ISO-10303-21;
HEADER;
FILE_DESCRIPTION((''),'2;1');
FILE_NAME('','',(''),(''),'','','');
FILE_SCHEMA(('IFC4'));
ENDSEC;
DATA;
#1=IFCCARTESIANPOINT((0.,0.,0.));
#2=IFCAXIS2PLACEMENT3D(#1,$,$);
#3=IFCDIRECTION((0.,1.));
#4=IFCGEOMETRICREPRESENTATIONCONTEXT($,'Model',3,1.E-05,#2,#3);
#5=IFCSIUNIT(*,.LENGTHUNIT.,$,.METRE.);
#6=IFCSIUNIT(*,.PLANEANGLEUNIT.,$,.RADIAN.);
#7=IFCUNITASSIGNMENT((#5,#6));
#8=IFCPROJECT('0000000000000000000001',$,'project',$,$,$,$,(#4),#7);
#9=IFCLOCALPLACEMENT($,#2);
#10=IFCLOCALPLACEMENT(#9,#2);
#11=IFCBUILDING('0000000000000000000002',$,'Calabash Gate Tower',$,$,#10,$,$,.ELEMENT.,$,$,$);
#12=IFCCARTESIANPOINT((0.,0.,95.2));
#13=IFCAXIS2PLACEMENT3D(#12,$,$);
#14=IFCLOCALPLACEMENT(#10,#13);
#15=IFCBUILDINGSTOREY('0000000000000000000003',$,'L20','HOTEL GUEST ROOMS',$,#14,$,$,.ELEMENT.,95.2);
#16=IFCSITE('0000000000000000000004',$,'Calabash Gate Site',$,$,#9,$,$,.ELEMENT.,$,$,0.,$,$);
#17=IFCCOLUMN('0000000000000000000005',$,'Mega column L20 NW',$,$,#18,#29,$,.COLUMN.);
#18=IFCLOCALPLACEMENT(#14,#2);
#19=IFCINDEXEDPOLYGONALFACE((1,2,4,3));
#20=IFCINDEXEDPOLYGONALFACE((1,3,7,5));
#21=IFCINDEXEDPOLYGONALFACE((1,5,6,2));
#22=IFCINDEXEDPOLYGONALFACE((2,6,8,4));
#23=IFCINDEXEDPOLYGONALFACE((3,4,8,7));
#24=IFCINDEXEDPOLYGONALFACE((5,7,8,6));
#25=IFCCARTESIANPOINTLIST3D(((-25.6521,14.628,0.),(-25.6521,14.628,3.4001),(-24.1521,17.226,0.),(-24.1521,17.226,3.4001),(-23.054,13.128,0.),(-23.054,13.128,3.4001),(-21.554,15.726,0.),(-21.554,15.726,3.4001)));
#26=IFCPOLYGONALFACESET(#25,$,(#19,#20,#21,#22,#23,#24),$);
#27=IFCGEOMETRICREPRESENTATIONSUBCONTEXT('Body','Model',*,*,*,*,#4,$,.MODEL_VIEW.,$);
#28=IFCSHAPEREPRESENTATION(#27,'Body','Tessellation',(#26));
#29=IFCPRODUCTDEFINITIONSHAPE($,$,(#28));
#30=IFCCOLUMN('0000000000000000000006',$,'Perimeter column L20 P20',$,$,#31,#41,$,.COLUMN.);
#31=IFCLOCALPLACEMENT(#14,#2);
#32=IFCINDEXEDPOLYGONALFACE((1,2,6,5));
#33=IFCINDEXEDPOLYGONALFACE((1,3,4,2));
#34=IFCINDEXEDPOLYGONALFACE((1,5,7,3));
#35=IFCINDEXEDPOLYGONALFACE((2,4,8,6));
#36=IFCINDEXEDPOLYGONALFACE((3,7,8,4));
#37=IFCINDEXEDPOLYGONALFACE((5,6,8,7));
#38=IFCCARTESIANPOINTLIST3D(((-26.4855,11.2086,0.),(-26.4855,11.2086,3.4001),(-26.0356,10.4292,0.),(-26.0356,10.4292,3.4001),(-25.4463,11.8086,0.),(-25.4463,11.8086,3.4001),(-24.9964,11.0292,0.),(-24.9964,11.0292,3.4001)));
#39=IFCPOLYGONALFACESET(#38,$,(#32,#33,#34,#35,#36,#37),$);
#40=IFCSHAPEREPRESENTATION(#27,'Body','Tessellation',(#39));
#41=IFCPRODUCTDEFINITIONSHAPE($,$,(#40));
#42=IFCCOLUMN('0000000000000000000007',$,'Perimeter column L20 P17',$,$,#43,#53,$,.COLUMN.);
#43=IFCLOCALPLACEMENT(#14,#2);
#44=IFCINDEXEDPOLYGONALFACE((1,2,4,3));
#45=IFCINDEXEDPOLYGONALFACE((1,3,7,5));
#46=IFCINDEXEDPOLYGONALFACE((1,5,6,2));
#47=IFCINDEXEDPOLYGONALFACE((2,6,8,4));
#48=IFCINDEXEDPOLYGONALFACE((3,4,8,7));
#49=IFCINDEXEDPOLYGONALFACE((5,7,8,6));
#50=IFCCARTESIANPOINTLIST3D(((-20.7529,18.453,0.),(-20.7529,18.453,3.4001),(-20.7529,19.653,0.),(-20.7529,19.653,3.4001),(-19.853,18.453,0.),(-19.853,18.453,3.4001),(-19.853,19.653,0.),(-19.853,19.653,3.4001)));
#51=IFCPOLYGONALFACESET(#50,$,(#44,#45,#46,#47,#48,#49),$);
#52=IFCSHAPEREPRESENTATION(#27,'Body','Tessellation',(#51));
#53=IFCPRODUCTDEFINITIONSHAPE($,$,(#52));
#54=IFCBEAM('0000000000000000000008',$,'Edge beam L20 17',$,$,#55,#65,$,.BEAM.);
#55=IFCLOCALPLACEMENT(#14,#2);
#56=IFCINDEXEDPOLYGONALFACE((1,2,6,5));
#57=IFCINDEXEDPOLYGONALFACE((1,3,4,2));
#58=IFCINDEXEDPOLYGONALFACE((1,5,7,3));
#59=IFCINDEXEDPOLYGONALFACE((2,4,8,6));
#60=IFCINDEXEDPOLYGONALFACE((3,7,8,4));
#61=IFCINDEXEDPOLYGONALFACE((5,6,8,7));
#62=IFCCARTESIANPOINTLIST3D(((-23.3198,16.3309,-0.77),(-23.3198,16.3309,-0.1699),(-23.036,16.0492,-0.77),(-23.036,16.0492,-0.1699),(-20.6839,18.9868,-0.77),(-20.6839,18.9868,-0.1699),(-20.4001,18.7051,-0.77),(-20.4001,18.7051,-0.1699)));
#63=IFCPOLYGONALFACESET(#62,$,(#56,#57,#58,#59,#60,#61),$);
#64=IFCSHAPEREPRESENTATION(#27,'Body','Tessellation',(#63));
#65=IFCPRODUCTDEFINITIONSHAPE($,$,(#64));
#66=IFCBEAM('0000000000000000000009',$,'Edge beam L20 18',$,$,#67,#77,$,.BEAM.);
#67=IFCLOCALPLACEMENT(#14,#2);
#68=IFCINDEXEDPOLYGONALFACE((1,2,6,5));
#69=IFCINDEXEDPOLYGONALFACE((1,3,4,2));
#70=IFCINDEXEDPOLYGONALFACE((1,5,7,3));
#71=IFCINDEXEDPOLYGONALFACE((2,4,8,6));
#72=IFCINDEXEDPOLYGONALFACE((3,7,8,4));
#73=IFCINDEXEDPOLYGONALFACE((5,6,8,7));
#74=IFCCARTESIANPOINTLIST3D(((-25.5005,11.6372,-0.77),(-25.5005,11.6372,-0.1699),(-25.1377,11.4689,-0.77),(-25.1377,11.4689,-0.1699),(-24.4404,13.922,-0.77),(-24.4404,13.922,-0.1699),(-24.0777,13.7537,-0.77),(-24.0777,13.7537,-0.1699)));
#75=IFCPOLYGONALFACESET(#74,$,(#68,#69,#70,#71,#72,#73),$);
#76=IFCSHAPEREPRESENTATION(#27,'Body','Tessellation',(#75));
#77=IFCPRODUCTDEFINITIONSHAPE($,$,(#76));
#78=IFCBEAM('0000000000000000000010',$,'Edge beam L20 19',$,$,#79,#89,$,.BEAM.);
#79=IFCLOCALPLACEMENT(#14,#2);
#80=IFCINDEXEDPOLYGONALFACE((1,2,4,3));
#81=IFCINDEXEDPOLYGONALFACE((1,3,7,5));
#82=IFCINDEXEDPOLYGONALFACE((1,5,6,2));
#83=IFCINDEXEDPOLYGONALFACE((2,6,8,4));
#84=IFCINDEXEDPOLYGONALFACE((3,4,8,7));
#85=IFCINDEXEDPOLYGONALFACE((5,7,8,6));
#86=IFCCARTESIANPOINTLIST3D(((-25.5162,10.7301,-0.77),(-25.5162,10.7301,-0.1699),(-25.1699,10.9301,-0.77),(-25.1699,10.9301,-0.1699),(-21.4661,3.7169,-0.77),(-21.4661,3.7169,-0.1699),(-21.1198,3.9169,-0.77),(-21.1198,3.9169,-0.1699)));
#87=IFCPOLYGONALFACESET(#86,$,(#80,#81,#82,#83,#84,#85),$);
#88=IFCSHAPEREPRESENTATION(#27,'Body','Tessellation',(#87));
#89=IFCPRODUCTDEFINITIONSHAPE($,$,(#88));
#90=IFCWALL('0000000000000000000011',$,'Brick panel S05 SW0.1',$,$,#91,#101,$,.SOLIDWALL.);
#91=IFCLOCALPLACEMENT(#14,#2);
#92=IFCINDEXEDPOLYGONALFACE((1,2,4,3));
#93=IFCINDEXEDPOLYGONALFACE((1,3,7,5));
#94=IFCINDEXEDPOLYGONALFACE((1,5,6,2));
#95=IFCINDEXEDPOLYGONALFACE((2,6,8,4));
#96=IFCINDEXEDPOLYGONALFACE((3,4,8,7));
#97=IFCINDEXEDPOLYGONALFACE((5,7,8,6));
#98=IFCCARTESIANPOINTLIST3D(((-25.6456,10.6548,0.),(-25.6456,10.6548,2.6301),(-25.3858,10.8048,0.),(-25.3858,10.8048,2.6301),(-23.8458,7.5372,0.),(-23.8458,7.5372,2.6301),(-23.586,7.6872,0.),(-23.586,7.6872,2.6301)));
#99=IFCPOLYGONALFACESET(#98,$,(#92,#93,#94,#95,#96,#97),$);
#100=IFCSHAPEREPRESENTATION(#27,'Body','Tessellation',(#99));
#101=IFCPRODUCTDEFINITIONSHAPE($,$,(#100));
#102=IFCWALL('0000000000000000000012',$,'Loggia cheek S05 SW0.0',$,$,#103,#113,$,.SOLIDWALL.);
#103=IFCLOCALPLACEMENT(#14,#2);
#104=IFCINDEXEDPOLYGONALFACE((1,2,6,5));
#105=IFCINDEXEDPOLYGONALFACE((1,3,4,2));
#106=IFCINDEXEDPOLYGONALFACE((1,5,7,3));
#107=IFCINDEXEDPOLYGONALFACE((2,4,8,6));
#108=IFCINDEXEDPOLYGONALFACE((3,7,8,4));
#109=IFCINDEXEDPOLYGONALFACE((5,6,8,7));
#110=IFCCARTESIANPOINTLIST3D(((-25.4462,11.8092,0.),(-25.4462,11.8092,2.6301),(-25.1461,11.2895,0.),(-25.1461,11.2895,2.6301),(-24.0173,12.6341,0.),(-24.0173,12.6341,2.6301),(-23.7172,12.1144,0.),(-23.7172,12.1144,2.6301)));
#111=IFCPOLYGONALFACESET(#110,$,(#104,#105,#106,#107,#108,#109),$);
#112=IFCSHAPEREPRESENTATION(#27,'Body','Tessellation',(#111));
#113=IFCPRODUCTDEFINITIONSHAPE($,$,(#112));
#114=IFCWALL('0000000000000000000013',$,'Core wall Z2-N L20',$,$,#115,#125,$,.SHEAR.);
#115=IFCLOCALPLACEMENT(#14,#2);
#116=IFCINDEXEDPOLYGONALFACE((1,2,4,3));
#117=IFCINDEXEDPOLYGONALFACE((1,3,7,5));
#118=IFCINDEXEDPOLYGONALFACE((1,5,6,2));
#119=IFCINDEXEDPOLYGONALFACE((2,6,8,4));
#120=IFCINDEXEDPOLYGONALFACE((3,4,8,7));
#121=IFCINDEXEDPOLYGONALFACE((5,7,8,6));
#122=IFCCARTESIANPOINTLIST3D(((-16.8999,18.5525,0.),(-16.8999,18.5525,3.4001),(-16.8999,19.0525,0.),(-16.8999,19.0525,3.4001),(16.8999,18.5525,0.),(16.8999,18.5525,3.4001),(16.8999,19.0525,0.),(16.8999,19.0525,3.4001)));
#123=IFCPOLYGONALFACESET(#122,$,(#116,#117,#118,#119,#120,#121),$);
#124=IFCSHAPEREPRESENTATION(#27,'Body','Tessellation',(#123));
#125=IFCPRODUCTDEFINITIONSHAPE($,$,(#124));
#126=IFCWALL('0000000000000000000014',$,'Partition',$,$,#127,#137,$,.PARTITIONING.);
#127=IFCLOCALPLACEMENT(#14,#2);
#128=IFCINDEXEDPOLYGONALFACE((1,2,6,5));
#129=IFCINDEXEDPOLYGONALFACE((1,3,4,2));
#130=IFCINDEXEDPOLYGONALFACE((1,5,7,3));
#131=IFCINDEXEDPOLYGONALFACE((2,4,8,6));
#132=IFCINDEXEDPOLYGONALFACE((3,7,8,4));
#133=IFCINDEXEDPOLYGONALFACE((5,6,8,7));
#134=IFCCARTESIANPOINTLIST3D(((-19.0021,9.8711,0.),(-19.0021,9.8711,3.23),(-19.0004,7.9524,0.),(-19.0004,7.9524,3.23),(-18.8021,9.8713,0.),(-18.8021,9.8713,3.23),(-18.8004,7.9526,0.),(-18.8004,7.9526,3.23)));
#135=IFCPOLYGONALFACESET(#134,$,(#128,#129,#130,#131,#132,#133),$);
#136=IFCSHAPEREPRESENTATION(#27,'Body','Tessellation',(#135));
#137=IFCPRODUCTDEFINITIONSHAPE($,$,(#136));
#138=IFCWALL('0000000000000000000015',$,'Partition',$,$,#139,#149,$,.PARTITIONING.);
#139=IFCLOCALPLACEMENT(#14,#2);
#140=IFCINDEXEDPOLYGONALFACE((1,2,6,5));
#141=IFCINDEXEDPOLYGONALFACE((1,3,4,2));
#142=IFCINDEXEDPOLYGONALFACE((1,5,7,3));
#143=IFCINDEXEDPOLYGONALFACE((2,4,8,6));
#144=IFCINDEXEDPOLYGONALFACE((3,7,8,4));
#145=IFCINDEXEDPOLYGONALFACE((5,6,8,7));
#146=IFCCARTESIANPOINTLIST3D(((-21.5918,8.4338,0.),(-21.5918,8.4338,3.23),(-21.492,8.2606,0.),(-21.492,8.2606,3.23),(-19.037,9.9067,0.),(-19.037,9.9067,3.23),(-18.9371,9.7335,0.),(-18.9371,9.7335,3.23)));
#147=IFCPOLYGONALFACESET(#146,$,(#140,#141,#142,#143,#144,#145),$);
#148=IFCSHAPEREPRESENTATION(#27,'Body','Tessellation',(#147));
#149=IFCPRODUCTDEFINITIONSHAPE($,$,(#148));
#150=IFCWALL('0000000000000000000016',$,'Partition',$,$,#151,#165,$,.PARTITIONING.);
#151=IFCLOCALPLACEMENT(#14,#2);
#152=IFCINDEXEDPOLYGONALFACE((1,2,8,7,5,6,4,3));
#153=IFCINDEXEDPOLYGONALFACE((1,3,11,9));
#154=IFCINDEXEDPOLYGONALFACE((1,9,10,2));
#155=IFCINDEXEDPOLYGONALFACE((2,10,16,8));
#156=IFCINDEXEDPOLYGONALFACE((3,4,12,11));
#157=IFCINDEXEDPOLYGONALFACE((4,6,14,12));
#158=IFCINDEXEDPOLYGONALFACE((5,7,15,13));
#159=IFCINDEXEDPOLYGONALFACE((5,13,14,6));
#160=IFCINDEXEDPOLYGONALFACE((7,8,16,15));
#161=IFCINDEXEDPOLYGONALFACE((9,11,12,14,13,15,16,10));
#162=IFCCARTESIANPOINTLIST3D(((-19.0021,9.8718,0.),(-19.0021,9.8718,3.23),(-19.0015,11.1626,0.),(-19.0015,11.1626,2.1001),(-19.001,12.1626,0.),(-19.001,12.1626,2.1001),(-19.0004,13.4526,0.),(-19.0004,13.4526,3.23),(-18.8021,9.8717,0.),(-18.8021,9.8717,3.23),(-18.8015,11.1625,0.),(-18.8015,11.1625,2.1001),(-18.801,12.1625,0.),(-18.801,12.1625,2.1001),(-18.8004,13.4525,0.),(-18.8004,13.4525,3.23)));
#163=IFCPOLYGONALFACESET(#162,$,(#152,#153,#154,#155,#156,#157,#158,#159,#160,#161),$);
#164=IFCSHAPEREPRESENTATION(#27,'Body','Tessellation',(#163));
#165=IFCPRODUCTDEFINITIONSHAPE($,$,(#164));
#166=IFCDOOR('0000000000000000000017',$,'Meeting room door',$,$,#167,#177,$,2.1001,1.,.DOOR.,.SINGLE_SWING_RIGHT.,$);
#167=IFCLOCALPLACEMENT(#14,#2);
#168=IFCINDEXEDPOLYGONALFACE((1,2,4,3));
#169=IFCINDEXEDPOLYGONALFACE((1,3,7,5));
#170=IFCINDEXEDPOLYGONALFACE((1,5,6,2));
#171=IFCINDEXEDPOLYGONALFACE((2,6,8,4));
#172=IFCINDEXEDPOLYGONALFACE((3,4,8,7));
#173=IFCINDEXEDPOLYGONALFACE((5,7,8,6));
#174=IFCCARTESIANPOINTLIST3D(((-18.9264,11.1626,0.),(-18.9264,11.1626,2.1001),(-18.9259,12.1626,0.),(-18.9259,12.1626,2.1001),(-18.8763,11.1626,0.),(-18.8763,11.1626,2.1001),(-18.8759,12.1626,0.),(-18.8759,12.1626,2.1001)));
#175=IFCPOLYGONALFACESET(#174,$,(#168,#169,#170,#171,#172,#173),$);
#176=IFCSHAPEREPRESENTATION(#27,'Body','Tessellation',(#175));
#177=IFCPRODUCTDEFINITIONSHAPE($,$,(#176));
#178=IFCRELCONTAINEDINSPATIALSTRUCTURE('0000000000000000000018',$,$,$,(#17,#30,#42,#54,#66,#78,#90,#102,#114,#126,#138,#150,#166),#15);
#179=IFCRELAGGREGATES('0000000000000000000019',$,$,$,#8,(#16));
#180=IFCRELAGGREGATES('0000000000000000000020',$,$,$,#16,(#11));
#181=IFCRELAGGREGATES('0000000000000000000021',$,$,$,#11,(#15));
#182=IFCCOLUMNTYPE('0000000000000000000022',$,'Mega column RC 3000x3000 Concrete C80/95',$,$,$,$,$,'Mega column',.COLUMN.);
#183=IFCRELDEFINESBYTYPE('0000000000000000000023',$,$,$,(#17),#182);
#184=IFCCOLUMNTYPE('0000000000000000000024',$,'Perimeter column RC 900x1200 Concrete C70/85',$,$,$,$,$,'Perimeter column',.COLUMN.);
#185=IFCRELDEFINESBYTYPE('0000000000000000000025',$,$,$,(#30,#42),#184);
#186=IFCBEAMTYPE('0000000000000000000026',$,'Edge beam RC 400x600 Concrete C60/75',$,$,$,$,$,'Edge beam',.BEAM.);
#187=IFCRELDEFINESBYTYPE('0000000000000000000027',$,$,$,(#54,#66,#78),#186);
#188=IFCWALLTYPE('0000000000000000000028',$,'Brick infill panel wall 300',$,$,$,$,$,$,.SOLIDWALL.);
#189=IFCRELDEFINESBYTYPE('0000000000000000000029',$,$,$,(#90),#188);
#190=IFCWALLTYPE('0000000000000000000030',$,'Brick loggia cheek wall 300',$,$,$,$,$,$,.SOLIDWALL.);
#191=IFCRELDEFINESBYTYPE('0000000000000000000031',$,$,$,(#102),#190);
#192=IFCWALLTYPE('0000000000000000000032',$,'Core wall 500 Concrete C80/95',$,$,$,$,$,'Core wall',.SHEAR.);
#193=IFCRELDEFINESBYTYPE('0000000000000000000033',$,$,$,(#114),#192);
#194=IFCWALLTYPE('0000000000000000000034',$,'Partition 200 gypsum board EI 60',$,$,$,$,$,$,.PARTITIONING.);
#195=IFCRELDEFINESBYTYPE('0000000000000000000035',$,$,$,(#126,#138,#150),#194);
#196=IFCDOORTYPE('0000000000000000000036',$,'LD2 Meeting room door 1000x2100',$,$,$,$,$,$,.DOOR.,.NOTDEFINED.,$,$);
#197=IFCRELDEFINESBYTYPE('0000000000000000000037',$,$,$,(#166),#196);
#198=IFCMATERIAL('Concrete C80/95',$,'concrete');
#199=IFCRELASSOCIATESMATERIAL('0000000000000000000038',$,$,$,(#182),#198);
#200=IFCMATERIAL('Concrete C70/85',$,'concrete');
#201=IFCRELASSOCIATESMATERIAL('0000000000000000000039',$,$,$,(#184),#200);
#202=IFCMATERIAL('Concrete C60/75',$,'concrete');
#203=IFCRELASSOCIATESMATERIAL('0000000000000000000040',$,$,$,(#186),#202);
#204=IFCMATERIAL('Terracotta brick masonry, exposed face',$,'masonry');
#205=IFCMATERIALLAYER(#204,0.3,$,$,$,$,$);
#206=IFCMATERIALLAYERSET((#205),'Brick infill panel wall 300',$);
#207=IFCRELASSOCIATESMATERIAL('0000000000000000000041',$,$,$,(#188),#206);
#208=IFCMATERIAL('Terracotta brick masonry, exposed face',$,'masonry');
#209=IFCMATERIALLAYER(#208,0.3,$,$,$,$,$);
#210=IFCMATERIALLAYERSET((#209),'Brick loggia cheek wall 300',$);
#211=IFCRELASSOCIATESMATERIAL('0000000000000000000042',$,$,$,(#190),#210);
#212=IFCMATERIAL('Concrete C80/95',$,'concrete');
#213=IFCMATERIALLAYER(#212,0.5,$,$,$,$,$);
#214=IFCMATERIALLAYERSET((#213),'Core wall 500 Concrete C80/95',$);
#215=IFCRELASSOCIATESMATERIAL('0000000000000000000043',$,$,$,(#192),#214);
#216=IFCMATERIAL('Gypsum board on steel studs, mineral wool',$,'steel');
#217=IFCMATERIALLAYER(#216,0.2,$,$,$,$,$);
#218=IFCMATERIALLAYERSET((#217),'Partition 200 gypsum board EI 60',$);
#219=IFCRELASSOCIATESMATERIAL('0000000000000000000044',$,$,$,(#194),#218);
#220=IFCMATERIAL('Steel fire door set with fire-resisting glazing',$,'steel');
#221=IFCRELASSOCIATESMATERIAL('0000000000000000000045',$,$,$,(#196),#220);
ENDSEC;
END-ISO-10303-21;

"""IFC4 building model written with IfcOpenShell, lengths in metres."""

from ifc_helpers import new_model, si_unit, direction, frame, frame_2d, origin, origin_2d, place, context, subcontext, project, spatial, rectangle, extrude, material, layer, layer_set, material_profile, profile_set, type_object, element, fill, save


model = new_model("IFC4")

# Units and contexts
model_context = context("Model", 3, precision=1e-05, world=origin(), true_north=direction((0.0, 1.0)))
body_context = subcontext(model_context, "Body", "Model", "MODEL_VIEW")
ifc_project = project(units=[si_unit("LENGTHUNIT", "METRE"), si_unit("PLANEANGLEUNIT", "RADIAN")], contexts=[model_context])

# Site, building, storey
site_placement = place(None, origin())
site = spatial("IfcSite", under=ifc_project, at=site_placement, Name="Calabash Gate Site", CompositionType="ELEMENT", RefElevation=0.0)
building_placement = place(site_placement, origin())
building = spatial("IfcBuilding", under=site, at=building_placement, Name="Calabash Gate Tower", CompositionType="ELEMENT")
storey_placement = place(building_placement, frame((0.0, 0.0, 95.2)))
storey = spatial("IfcBuildingStorey", under=building, at=storey_placement, Name="L20", Description="HOTEL GUEST ROOMS", CompositionType="ELEMENT", Elevation=95.2)

# Columns
ifc_material_1 = material(Name="Concrete C80/95", Category="concrete")
ifc_material_profile_1 = material_profile(ifc_material_1, rectangle(XDim=3.0, YDim=3.0, at=origin_2d()))
ifc_profile_set_1 = profile_set([ifc_material_profile_1], Name="Concrete C80/95")
column_type_1 = type_object("IfcColumnType", Name="Mega column RC 3000x3000 Concrete C80/95", ElementType="Mega column", PredefinedType="COLUMN", material=ifc_profile_set_1)
column_placement = place(storey_placement, frame((-23.603, 15.177, 0.0), z_axis=(0.0, 0.0, 1.0), x_axis=(0.866025, -0.5, 0.0)))
element("IfcColumn", 1, at=column_placement, inside=storey, type_object=column_type_1, Name="Mega column L20 NW", PredefinedType="COLUMN", context=body_context, shape_type="SweptSolid", body=[
    extrude(rectangle(XDim=3.0, YDim=3.0, at=origin_2d()), origin(), (0.0, 0.0, 1.0), 3.4001),
])
ifc_material_2 = material(Name="Concrete C70/85", Category="concrete")
ifc_material_profile_2 = material_profile(ifc_material_2, rectangle(XDim=0.8999, YDim=1.2, at=origin_2d()))
ifc_profile_set_2 = profile_set([ifc_material_profile_2], Name="Concrete C70/85")
column_type_2 = type_object("IfcColumnType", Name="Perimeter column RC 900x1200 Concrete C70/85", ElementType="Perimeter column", PredefinedType="COLUMN", material=ifc_profile_set_2)
for number, where, z_axis, x_axis, name in (
    (2, (-25.741, 11.1189, 0.0), (0.0, 0.0, 1.0), (0.5, -0.866025, 0.0), "Perimeter column L20 P20"),
    (3, (-20.303, 19.053, 0.0), (0.0, 0.0, 1.0), (-1.0, 0.0, 0.0), "Perimeter column L20 P17"),
):
    element("IfcColumn", number, at=place(storey_placement, frame(where, z_axis=z_axis, x_axis=x_axis)), inside=storey, type_object=column_type_2, Name=name, PredefinedType="COLUMN", context=body_context, shape_type="SweptSolid", body=[
        extrude(rectangle(XDim=0.8999, YDim=1.2, at=origin_2d()), origin(), (0.0, 0.0, 1.0), 3.4001),
    ])

# Beams
ifc_material_3 = material(Name="Concrete C60/75", Category="concrete")
ifc_material_profile_3 = material_profile(ifc_material_3, rectangle(XDim=0.3999, YDim=0.6001, at=origin_2d()))
ifc_profile_set_3 = profile_set([ifc_material_profile_3], Name="Concrete C60/75")
beam_type = type_object("IfcBeamType", Name="Edge beam RC 400x600 Concrete C60/75", ElementType="Edge beam", PredefinedType="BEAM", material=ifc_profile_set_3)
beam_1_placement = place(storey_placement, frame((-20.542, 18.8459, -0.47), z_axis=(-0.704427, -0.709777, 0.0), x_axis=(0.709777, -0.704427, 0.0)))
element("IfcBeam", 4, at=beam_1_placement, inside=storey, type_object=beam_type, Name="Edge beam L20 17", PredefinedType="BEAM", context=body_context, shape_type="SweptSolid", body=[
    extrude(rectangle(XDim=0.3999, YDim=0.6001, at=origin_2d()), origin(), (0.0, 0.0, 1.0), 3.7419),
])
beam_2_placement = place(storey_placement, frame((-24.259, 13.8379, -0.47), z_axis=(-0.420852, -0.907129, 0.0), x_axis=(0.907129, -0.420852, 0.0)))
element("IfcBeam", 5, at=beam_2_placement, inside=storey, type_object=beam_type, Name="Edge beam L20 18", PredefinedType="BEAM", context=body_context, shape_type="SweptSolid", body=[
    extrude(rectangle(XDim=0.3999, YDim=0.6001, at=origin_2d()), origin(), (0.0, 0.0, 1.0), 2.5188),
])
beam_3_placement = place(storey_placement, frame((-25.343, 10.8301, -0.47), z_axis=(0.500091, -0.865973, 0.0), x_axis=(0.865973, 0.500091, 0.0)))
element("IfcBeam", 6, at=beam_3_placement, inside=storey, type_object=beam_type, Name="Edge beam L20 19", PredefinedType="BEAM", context=body_context, shape_type="SweptSolid", body=[
    extrude(rectangle(XDim=0.3999, YDim=0.6001, at=origin_2d()), origin(), (0.0, 0.0, 1.0), 8.0986),
])

# Walls
ifc_material_4 = material(Name="Terracotta brick masonry, exposed face", Category="masonry")
ifc_layer_1 = layer(ifc_material_4, 0.3)
ifc_layer_set_1 = layer_set([ifc_layer_1], Name="Brick infill panel wall 300")
wall_type_1 = type_object("IfcWallType", Name="Brick infill panel wall 300", PredefinedType="SOLIDWALL", material=ifc_layer_set_1)
wall_1_placement = place(storey_placement, frame((-25.5156, 10.7297, 0.0), z_axis=(0.0, 0.0, 1.0), x_axis=(0.499961, -0.866048, 0.0)))
element("IfcWall", 7, at=wall_1_placement, inside=storey, type_object=wall_type_1, Name="Brick panel S05 SW0.1", PredefinedType="SOLIDWALL", context=body_context, shape_type="SweptSolid", body=[
    extrude(rectangle(XDim=3.5999, YDim=0.3, at=frame_2d((1.7998, 0.0))), origin(), (0.0, 0.0, 1.0), 2.6301),
])
ifc_material_5 = material(Name="Terracotta brick masonry, exposed face", Category="masonry")
ifc_layer_2 = layer(ifc_material_5, 0.3)
ifc_layer_set_2 = layer_set([ifc_layer_2], Name="Brick loggia cheek wall 300")
wall_type_2 = type_object("IfcWallType", Name="Brick loggia cheek wall 300", PredefinedType="SOLIDWALL", material=ifc_layer_set_2)
wall_2_placement = place(storey_placement, frame((-25.2961, 11.5493, 0.0), z_axis=(0.0, 0.0, 1.0), x_axis=(0.86604, 0.499974, 0.0)))
element("IfcWall", 8, at=wall_2_placement, inside=storey, type_object=wall_type_2, Name="Loggia cheek S05 SW0.0", PredefinedType="SOLIDWALL", context=body_context, shape_type="SweptSolid", body=[
    extrude(rectangle(XDim=1.6499, YDim=0.6001, at=frame_2d((0.825, 0.0))), origin(), (0.0, 0.0, 1.0), 2.6301),
])
ifc_material_6 = material(Name="Concrete C80/95", Category="concrete")
ifc_layer_3 = layer(ifc_material_6, 0.5)
ifc_layer_set_3 = layer_set([ifc_layer_3], Name="Core wall 500 Concrete C80/95")
wall_type_3 = type_object("IfcWallType", Name="Core wall 500 Concrete C80/95", ElementType="Core wall", PredefinedType="SHEAR", material=ifc_layer_set_3)
wall_3_placement = place(storey_placement, frame((-16.8999, 18.8025, 0.0), z_axis=(0.0, 0.0, 1.0), x_axis=(1.0, 0.0, 0.0)))
element("IfcWall", 9, at=wall_3_placement, inside=storey, type_object=wall_type_3, Name="Core wall Z2-N L20", PredefinedType="SHEAR", context=body_context, shape_type="SweptSolid", body=[
    extrude(rectangle(XDim=33.7998, YDim=0.5, at=frame_2d((16.8999, 0.0))), origin(), (0.0, 0.0, 1.0), 3.4001),
])
ifc_material_7 = material(Name="Gypsum board on steel studs, mineral wool", Category="steel")
ifc_layer_4 = layer(ifc_material_7, 0.2)
ifc_layer_set_4 = layer_set([ifc_layer_4], Name="Partition 200 gypsum board EI 60")
wall_type_4 = type_object("IfcWallType", Name="Partition 200 gypsum board EI 60", PredefinedType="PARTITIONING", material=ifc_layer_set_4)
wall_4_placement = place(storey_placement, frame((-18.9021, 9.8713, 0.0), z_axis=(0.0, 0.0, 1.0), x_axis=(0.000891, -1.0, 0.0)))
element("IfcWall", 10, at=wall_4_placement, inside=storey, type_object=wall_type_4, Name="Partition", PredefinedType="PARTITIONING", context=body_context, shape_type="SweptSolid", body=[
    extrude(rectangle(XDim=1.9187, YDim=0.2, at=frame_2d((0.9595, 0.0))), origin(), (0.0, 0.0, 1.0), 3.23),
])
wall_5_placement = place(storey_placement, frame((-21.542, 8.3472, 0.0), z_axis=(0.0, 0.0, 1.0), x_axis=(0.866347, 0.499443, 0.0)))
element("IfcWall", 11, at=wall_5_placement, inside=storey, type_object=wall_type_4, Name="Partition", PredefinedType="PARTITIONING", context=body_context, shape_type="SweptSolid", body=[
    extrude(rectangle(XDim=2.949, YDim=0.2, at=frame_2d((1.4746, 0.0))), origin(), (0.0, 0.0, 1.0), 3.23),
])

# Wall, opening, door
wall_6_placement = place(storey_placement, frame((-18.9021, 9.8716, 0.0), z_axis=(0.0, 0.0, 1.0), x_axis=(0.000477, 1.0, 0.0)))
wall_6 = element("IfcWall", 12, at=wall_6_placement, inside=storey, type_object=wall_type_4, Name="Partition", PredefinedType="PARTITIONING", context=body_context, shape_type="SweptSolid", body=[
    extrude(rectangle(XDim=3.5808, YDim=0.2, at=frame_2d((1.7905, 0.0))), origin(), (0.0, 0.0, 1.0), 3.23),
])
opening_1_placement = place(wall_6_placement, frame((1.291, 0.0, 0.0)))
opening_1 = element("IfcOpeningElement", 13, at=opening_1_placement, cuts=wall_6, PredefinedType="OPENING", context=body_context, shape_type="SweptSolid", body=[
    extrude(rectangle(XDim=1.0, YDim=2.1001, at=frame_2d((0.5, 1.05))), frame((0.0, 0.1099, 0.0), z_axis=(0.0, -1.0, 0.0), x_axis=(1.0, 0.0, 0.0)), (0.0, 0.0, 1.0), 0.22),
])
ifc_material_8 = material(Name="Steel fire door set with fire-resisting glazing", Category="steel")
door_type_1 = type_object("IfcDoorType", Name="LD2 Meeting room door 1000x2100", OperationType="NOTDEFINED", PredefinedType="DOOR", material=ifc_material_8)
door_1_placement = place(opening_1_placement, origin())
door_1 = element("IfcDoor", 14, at=door_1_placement, inside=storey, type_object=door_type_1, Name="Meeting room door", OperationType="SINGLE_SWING_RIGHT", OverallHeight=2.1001, OverallWidth=1.0, PredefinedType="DOOR", context=body_context, shape_type="SweptSolid", body=[
    extrude(rectangle(XDim=1.0, YDim=2.1001, at=frame_2d((0.5, 1.05))), frame((0.0, 0.0249, 0.0), z_axis=(0.0, -1.0, 0.0), x_axis=(1.0, 0.0, 0.0)), (0.0, 0.0, 1.0), 0.05),
])
fill(opening_1, door_1)

save(model, "model.ifc")
